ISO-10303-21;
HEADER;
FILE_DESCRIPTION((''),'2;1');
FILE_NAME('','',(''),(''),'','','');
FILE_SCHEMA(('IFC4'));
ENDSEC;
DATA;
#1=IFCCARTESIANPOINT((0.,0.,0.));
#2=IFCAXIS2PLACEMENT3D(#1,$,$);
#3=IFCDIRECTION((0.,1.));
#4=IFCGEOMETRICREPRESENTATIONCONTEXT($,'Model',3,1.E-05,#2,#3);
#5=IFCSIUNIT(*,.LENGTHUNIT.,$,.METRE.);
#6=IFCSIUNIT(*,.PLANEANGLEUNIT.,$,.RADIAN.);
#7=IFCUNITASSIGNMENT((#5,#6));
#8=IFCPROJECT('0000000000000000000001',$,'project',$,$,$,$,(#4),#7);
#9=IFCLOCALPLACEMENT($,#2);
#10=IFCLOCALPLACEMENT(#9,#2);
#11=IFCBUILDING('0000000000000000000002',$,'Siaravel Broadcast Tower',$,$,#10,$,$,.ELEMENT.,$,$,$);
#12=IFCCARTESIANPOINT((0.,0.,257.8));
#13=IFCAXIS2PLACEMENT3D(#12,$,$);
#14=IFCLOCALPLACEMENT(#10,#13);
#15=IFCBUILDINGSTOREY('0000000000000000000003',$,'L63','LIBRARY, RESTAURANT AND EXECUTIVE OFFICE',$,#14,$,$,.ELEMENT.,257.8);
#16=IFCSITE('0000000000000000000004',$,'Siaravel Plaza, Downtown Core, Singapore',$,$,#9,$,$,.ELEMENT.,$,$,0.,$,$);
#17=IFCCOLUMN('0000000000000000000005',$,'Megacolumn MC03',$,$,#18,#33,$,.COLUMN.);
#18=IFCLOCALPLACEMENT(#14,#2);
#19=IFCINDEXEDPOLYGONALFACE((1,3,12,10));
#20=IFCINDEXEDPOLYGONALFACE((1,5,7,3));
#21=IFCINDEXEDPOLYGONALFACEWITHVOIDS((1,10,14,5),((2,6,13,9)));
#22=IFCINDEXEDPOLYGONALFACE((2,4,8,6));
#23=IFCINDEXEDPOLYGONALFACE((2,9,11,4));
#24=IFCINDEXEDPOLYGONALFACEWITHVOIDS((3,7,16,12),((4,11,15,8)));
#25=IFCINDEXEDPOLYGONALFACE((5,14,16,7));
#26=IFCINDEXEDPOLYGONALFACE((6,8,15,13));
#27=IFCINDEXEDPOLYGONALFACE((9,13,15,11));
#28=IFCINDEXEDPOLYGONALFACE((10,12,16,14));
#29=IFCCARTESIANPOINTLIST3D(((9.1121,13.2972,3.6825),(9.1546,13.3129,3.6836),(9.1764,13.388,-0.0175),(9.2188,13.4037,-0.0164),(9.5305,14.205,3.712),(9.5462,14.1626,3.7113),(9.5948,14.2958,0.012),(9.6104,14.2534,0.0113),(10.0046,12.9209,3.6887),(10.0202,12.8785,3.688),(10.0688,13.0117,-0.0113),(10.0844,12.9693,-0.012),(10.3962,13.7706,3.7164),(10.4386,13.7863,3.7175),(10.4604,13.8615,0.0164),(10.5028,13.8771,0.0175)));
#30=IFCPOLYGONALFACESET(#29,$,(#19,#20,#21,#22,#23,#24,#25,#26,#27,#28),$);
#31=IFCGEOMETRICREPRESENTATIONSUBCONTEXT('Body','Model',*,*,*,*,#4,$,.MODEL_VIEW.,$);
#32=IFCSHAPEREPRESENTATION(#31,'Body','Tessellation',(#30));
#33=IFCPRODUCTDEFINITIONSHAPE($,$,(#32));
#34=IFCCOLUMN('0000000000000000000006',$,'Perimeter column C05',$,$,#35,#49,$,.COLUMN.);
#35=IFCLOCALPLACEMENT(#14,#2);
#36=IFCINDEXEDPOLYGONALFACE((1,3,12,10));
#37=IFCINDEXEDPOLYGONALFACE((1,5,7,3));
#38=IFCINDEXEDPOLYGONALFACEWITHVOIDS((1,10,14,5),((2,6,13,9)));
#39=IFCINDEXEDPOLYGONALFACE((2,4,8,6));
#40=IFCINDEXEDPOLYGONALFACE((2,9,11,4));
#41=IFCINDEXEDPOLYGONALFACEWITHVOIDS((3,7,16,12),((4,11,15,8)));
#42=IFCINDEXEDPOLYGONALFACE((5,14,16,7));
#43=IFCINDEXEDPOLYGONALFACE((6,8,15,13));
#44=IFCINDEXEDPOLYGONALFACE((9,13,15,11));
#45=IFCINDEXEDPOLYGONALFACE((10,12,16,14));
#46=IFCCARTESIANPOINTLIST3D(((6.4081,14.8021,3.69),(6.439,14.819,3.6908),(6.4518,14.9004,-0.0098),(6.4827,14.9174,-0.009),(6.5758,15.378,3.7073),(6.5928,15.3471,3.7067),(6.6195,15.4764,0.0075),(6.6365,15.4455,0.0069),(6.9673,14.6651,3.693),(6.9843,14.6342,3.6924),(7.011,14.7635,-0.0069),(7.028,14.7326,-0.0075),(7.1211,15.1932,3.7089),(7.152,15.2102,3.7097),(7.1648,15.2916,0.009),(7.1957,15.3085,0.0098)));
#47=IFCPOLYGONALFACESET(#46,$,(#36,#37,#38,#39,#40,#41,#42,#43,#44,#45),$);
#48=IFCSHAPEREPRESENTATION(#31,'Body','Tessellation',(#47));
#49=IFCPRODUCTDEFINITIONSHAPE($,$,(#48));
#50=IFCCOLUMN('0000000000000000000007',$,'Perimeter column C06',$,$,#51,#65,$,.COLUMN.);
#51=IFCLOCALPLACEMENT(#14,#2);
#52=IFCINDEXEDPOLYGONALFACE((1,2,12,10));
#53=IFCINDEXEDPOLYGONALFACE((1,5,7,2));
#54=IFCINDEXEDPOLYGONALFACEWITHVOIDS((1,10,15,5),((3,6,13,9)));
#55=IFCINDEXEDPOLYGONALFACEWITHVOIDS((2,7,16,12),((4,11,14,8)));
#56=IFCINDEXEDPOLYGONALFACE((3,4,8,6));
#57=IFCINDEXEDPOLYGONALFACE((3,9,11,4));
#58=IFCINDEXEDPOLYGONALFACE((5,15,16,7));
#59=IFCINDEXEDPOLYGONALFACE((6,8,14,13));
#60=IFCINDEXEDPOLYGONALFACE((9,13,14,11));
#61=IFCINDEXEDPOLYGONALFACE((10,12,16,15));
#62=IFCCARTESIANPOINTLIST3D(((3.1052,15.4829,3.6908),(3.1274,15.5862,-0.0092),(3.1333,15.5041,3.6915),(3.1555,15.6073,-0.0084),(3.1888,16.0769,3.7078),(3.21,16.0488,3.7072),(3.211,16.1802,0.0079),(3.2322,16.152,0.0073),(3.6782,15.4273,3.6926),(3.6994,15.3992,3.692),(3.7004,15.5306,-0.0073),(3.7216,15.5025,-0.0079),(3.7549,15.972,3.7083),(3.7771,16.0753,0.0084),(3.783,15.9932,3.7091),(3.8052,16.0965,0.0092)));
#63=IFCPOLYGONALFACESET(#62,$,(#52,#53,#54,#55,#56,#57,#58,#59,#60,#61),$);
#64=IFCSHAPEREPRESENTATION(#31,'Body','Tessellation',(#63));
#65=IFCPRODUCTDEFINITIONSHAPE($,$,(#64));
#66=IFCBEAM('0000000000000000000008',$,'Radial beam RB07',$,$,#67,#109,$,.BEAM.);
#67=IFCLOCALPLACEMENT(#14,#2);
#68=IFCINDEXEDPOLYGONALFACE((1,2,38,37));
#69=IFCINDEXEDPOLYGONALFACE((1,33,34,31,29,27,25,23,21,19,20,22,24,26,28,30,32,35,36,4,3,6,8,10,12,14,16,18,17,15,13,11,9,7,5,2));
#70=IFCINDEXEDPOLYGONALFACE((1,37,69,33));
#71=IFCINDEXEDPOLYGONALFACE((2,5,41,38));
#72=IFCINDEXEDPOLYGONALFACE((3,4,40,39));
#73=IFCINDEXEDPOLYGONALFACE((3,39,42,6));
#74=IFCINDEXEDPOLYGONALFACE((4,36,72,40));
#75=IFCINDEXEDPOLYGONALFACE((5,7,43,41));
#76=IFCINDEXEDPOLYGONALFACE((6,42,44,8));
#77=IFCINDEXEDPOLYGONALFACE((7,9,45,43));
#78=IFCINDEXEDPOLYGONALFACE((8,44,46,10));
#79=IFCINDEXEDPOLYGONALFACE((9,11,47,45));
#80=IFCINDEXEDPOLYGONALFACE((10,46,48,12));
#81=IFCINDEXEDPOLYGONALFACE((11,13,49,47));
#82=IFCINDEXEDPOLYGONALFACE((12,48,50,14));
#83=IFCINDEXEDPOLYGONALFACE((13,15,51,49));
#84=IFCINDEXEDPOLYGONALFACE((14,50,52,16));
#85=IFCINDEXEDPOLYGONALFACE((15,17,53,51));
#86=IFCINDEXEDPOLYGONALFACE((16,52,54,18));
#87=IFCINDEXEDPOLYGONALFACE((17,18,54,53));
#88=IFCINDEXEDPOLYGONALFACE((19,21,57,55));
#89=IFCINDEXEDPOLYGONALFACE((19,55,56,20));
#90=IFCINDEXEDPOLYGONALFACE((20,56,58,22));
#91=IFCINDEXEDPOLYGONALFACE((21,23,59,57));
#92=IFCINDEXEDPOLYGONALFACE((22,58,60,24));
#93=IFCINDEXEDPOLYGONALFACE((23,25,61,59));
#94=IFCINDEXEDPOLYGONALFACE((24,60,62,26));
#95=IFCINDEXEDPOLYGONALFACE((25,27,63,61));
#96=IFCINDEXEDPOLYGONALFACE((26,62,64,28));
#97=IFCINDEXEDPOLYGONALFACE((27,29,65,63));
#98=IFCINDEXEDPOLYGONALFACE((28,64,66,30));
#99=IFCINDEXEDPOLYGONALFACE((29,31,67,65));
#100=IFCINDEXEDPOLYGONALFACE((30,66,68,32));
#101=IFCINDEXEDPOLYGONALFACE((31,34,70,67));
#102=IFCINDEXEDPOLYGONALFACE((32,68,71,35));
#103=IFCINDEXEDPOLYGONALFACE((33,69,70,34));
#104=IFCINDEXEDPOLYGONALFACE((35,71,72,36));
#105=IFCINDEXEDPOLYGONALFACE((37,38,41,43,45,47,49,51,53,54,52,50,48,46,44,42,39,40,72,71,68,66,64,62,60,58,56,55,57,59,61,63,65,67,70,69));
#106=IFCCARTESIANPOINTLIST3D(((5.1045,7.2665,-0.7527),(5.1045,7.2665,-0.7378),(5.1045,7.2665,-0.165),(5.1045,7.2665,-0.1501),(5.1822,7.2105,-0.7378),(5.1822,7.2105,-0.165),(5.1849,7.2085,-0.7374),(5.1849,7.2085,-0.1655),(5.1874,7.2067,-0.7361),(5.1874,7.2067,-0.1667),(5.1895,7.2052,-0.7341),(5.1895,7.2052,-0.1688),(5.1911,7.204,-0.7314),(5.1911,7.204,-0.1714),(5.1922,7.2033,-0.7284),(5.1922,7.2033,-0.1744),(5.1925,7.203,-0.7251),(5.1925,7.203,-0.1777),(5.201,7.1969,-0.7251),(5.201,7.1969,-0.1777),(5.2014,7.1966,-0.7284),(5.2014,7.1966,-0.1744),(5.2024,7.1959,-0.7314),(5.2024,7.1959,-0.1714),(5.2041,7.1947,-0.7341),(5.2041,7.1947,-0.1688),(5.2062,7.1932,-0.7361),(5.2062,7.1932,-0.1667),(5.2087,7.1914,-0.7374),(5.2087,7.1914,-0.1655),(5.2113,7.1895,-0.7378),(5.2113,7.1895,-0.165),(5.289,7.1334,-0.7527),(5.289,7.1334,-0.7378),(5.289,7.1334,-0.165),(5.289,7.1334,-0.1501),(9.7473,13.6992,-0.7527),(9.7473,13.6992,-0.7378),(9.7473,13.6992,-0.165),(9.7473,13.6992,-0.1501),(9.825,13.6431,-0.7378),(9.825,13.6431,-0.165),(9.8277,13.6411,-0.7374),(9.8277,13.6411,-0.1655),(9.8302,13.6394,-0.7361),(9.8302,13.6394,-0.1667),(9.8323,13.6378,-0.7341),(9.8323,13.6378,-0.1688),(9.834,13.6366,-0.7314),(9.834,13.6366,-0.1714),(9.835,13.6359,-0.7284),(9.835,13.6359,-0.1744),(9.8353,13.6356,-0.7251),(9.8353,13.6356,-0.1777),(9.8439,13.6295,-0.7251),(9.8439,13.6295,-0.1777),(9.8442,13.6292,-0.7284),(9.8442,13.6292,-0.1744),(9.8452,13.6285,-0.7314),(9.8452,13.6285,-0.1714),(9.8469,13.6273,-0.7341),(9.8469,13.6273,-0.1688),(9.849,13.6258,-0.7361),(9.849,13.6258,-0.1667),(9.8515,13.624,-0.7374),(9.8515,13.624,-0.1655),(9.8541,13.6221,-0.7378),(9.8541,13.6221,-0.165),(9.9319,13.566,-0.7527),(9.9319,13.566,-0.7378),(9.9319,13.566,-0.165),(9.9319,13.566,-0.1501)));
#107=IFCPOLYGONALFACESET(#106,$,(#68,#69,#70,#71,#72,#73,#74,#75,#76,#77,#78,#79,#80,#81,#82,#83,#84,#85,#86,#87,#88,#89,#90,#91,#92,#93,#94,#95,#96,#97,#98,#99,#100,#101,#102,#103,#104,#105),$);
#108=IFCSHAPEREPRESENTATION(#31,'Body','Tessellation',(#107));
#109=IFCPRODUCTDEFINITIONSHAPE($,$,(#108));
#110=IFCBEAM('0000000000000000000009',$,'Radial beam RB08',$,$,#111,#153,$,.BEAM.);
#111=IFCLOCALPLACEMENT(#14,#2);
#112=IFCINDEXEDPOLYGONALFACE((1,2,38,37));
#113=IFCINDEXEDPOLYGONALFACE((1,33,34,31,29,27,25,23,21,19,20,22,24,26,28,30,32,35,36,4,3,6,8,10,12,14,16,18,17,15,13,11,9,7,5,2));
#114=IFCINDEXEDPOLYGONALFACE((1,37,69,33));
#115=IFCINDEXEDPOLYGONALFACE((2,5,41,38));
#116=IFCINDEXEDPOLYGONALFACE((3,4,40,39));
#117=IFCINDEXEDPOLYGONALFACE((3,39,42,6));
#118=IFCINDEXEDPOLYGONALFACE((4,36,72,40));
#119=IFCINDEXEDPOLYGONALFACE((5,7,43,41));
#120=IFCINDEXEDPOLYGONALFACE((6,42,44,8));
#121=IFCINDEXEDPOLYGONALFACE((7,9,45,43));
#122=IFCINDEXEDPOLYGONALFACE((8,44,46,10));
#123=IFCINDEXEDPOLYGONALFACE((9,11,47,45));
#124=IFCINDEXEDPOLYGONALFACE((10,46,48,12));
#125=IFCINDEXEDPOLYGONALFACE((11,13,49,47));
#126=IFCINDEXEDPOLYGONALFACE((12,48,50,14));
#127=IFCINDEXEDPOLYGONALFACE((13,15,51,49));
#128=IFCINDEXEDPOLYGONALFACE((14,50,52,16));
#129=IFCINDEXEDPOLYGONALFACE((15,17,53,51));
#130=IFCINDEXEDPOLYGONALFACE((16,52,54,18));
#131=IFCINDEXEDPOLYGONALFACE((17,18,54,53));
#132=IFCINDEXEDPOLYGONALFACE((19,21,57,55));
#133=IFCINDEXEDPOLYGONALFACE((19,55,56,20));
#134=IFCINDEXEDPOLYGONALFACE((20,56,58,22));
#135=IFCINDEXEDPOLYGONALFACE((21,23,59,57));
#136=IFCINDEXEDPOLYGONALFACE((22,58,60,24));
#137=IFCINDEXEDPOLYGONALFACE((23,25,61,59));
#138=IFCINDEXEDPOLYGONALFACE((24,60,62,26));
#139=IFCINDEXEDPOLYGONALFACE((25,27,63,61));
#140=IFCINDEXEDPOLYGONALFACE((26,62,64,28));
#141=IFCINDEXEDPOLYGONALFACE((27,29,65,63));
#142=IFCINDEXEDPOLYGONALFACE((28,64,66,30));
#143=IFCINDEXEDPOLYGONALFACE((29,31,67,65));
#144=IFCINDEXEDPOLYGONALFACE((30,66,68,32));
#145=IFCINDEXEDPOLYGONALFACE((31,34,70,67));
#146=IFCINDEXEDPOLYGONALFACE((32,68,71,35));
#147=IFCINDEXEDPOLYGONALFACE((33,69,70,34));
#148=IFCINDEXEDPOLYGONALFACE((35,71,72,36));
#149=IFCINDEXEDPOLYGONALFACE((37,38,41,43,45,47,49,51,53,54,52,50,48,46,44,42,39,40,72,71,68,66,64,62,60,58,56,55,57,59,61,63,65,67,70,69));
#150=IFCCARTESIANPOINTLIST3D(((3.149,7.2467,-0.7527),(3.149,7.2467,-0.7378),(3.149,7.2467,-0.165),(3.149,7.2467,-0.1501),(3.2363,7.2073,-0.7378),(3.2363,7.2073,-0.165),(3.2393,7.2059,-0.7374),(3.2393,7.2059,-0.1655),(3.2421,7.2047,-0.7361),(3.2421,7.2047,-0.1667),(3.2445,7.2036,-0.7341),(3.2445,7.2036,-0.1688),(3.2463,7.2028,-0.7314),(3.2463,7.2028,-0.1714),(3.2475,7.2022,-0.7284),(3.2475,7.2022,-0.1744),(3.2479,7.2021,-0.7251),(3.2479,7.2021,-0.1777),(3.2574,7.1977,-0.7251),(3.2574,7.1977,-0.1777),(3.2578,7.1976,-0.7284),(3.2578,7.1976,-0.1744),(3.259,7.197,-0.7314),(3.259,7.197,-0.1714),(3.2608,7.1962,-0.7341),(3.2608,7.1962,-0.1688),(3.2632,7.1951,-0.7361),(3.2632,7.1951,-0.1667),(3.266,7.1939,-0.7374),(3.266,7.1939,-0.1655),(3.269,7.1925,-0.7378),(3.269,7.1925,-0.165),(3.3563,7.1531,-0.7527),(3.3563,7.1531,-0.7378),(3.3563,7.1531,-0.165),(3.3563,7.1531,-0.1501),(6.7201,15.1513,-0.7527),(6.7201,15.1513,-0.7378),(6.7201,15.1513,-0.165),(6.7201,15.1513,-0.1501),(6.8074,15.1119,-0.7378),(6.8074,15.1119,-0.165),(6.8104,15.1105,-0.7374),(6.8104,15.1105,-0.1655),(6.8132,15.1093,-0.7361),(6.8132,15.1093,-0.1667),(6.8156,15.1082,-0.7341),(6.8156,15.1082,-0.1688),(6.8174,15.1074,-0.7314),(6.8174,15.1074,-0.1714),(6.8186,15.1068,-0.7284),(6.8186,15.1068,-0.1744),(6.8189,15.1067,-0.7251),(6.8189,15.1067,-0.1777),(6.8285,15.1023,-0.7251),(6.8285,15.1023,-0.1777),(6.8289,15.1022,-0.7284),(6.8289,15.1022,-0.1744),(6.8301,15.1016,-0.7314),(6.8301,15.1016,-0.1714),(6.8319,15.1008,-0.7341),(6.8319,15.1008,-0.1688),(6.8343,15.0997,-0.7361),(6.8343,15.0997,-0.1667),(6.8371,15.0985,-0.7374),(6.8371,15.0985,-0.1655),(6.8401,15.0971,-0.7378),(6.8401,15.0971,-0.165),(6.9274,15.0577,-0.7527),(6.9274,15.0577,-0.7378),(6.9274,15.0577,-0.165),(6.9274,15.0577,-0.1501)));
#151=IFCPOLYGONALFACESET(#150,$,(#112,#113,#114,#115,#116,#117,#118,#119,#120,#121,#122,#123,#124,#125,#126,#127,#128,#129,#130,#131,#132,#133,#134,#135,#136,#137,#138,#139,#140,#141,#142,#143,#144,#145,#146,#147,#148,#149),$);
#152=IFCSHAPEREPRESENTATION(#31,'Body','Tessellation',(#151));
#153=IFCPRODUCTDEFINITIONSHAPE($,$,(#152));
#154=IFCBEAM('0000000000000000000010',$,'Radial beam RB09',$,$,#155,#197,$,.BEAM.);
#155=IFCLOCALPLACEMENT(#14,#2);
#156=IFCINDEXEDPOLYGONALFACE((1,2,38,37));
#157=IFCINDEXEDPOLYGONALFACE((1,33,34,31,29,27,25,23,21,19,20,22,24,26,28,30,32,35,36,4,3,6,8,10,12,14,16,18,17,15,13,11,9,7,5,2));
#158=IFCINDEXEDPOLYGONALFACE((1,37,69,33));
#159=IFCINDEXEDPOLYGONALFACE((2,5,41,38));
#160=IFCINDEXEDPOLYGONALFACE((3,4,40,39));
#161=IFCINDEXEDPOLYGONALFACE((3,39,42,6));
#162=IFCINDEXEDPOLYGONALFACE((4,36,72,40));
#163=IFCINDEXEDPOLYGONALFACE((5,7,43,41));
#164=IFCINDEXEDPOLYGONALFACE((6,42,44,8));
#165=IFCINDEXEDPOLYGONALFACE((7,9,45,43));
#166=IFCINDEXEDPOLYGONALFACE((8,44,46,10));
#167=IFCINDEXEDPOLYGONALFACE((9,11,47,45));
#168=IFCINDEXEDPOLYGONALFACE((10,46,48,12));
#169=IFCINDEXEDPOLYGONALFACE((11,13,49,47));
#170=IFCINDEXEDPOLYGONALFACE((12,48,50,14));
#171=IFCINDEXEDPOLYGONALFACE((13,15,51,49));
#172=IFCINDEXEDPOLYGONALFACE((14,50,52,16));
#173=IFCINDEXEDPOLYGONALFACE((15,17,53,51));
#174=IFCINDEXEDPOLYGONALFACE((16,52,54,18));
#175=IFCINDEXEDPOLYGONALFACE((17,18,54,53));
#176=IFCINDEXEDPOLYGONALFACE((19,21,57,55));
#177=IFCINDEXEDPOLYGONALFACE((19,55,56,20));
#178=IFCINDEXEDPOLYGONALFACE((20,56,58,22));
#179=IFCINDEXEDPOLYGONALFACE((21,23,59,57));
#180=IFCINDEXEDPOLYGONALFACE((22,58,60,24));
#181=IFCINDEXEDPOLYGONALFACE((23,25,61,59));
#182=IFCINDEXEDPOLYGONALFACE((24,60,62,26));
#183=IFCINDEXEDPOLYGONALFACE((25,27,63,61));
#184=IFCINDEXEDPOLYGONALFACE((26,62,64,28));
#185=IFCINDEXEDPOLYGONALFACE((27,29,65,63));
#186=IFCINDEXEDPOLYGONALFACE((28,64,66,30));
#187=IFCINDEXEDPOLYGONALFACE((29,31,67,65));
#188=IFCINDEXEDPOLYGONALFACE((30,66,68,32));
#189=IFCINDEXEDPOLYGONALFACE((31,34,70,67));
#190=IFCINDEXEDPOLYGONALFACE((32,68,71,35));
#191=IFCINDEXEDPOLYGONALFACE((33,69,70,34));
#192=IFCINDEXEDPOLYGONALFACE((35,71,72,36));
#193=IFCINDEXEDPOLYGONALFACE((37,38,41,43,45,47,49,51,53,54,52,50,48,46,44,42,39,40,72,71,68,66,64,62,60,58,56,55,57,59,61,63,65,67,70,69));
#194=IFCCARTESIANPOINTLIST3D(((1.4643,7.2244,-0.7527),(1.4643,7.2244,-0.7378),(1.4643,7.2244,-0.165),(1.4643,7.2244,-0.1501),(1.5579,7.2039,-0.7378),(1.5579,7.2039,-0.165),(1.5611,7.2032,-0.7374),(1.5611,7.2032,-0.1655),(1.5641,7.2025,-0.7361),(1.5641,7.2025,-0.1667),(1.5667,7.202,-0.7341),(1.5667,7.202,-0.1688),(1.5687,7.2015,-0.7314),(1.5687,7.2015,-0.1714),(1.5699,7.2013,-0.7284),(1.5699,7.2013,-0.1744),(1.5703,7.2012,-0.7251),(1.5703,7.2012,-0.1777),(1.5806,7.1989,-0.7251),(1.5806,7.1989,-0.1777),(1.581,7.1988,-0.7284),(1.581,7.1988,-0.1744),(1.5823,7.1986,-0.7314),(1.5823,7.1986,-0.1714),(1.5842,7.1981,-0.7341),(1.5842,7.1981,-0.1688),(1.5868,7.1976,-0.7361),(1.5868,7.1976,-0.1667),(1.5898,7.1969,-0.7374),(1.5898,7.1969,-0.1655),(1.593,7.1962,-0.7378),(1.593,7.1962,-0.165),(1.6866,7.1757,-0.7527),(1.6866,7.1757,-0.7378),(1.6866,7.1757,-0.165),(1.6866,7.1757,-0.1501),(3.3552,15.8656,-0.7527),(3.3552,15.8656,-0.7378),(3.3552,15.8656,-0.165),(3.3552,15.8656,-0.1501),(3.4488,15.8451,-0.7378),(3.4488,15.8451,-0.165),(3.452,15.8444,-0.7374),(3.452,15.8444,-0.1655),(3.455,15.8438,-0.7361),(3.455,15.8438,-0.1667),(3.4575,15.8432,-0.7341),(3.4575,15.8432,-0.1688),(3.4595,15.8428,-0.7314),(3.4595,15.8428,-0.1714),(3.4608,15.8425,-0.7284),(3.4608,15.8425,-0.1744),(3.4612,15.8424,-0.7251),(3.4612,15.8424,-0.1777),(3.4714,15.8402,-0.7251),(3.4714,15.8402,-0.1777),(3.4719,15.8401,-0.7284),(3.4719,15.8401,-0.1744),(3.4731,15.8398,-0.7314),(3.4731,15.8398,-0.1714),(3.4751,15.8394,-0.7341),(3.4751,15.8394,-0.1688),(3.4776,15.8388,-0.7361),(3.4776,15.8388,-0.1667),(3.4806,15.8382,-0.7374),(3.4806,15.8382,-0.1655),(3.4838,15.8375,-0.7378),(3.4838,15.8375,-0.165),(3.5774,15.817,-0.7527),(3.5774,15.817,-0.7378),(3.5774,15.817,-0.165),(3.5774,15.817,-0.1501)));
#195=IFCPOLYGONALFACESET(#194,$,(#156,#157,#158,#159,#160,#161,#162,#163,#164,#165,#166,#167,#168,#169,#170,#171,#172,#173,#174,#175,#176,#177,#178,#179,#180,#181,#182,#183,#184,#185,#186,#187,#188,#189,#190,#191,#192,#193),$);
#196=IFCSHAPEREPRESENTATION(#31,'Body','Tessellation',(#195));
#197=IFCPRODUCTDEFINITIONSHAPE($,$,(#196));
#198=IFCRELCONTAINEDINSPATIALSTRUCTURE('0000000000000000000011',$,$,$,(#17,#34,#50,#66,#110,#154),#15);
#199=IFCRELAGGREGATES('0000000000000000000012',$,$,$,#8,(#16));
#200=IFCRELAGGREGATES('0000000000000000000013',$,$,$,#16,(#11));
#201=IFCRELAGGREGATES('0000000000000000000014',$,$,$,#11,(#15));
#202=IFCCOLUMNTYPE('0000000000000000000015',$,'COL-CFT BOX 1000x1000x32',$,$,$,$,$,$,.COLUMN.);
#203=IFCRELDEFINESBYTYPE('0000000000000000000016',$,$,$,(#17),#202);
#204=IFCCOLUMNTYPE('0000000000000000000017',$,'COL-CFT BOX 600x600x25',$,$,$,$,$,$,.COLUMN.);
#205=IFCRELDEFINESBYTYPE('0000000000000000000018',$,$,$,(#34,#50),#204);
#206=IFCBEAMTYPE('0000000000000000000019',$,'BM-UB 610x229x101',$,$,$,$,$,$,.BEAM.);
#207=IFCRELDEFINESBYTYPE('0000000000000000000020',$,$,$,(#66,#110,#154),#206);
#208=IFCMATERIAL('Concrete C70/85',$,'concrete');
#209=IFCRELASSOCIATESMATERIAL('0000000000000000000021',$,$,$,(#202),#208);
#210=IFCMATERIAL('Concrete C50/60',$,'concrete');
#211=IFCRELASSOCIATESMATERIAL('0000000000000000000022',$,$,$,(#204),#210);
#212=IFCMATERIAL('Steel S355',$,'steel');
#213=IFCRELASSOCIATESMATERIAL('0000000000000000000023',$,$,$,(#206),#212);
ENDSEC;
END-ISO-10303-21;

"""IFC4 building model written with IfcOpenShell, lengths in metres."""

from ifc_helpers import new_model, si_unit, direction, frame, origin, origin_2d, place, context, subcontext, project, spatial, hollow_rectangle, i_section, extrude, material, material_profile, profile_set, type_object, element, save


model = new_model("IFC4")

# Units and contexts
model_context = context("Model", 3, precision=1e-05, world=origin(), true_north=direction((0.0, 1.0)))
body_context = subcontext(model_context, "Body", "Model", "MODEL_VIEW")
ifc_project = project(units=[si_unit("LENGTHUNIT", "METRE"), si_unit("PLANEANGLEUNIT", "RADIAN")], contexts=[model_context])

# Site, building, storey
site_placement = place(None, origin())
site = spatial("IfcSite", under=ifc_project, at=site_placement, Name="Siaravel Plaza, Downtown Core, Singapore", CompositionType="ELEMENT", RefElevation=0.0)
building_placement = place(site_placement, origin())
building = spatial("IfcBuilding", under=site, at=building_placement, Name="Siaravel Broadcast Tower", CompositionType="ELEMENT")
storey_placement = place(building_placement, frame((0.0, 0.0, 257.8)))
storey = spatial("IfcBuildingStorey", under=building, at=storey_placement, Name="L63", Description="LIBRARY, RESTAURANT AND EXECUTIVE OFFICE", CompositionType="ELEMENT", Elevation=257.8)

# Columns
ifc_material_1 = material(Name="Concrete C70/85", Category="concrete")
ifc_material_profile_1 = material_profile(ifc_material_1, hollow_rectangle(XDim=1.0, YDim=1.0, WallThickness=0.032, at=origin_2d()))
ifc_profile_set_1 = profile_set([ifc_material_profile_1], Name="Concrete C70/85")
column_type_1 = type_object("IfcColumnType", Name="COL-CFT BOX 1000x1000x32", PredefinedType="COLUMN", material=ifc_profile_set_1)
column_placement = place(storey_placement, frame((9.8396, 13.6326, 0.0), z_axis=(-0.017346, -0.024535, 0.999548), x_axis=(0.908096, -0.418725, 0.005481)))
element("IfcColumn", 1, at=column_placement, inside=storey, type_object=column_type_1, Name="Megacolumn MC03", PredefinedType="COLUMN", context=body_context, shape_type="SweptSolid", body=[
    extrude(hollow_rectangle(XDim=1.0, YDim=1.0, WallThickness=0.032, at=origin_2d()), origin(), (0.0, 0.0, 1.0), 3.7017),
])
ifc_material_2 = material(Name="Concrete C50/60", Category="concrete")
ifc_material_profile_2 = material_profile(ifc_material_2, hollow_rectangle(XDim=0.6001, YDim=0.6001, WallThickness=0.0249, at=origin_2d()))
ifc_profile_set_2 = profile_set([ifc_material_profile_2], Name="Concrete C50/60")
column_type_2 = type_object("IfcColumnType", Name="COL-CFT BOX 600x600x25", PredefinedType="COLUMN", material=ifc_profile_set_2)
for number, where, z_axis, x_axis, name in (
    (2, (6.8237, 15.1045, 0.0), (-0.011806, -0.026581, 0.999577), (0.960084, -0.279685, 0.003902), "Perimeter column C05"),
    (3, (3.4663, 15.8413, 0.0), (-0.006002, -0.0279, 0.999593), (0.990221, -0.139496, 0.002052), "Perimeter column C06"),
):
    element("IfcColumn", number, at=place(storey_placement, frame(where, z_axis=z_axis, x_axis=x_axis)), inside=storey, type_object=column_type_2, Name=name, PredefinedType="COLUMN", context=body_context, shape_type="SweptSolid", body=[
        extrude(hollow_rectangle(XDim=0.6001, YDim=0.6001, WallThickness=0.0249, at=origin_2d()), origin(), (0.0, 0.0, 1.0), 3.7014),
    ])

# Beams
ifc_material_3 = material(Name="Steel S355", Category="steel")
ifc_material_profile_3 = material_profile(ifc_material_3, i_section(OverallWidth=0.2275, OverallDepth=0.6025, WebThickness=0.0105, FlangeThickness=0.0149, FilletRadius=0.0127, at=origin_2d()))
ifc_profile_set_3 = profile_set([ifc_material_profile_3], Name="Steel S355")
beam_type = type_object("IfcBeamType", Name="BM-UB 610x229x101", PredefinedType="BEAM", material=ifc_profile_set_3)
beam_1_placement = place(storey_placement, frame((9.8396, 13.6326, -0.4514), z_axis=(-0.585246, -0.810856, 0.0), x_axis=(0.810856, -0.585246, 0.0)))
element("IfcBeam", 4, at=beam_1_placement, inside=storey, type_object=beam_type, Name="Radial beam RB07", PredefinedType="BEAM", context=body_context, shape_type="SweptSolid", body=[
    extrude(i_section(OverallWidth=0.2275, OverallDepth=0.6025, WebThickness=0.0105, FlangeThickness=0.0149, FilletRadius=0.0127, at=origin_2d()), origin(), (0.0, 0.0, 1.0), 7.9331),
])
beam_2_placement = place(storey_placement, frame((6.8237, 15.1045, -0.4514), z_axis=(-0.411707, -0.911316, 0.0), x_axis=(0.911316, -0.411707, 0.0)))
element("IfcBeam", 5, at=beam_2_placement, inside=storey, type_object=beam_type, Name="Radial beam RB08", PredefinedType="BEAM", context=body_context, shape_type="SweptSolid", body=[
    extrude(i_section(OverallWidth=0.2275, OverallDepth=0.6025, WebThickness=0.0105, FlangeThickness=0.0149, FilletRadius=0.0127, at=origin_2d()), origin(), (0.0, 0.0, 1.0), 8.6738),
])
beam_3_placement = place(storey_placement, frame((3.4663, 15.8413, -0.4514), z_axis=(-0.213759, -0.976887, 0.0), x_axis=(0.976887, -0.213759, 0.0)))
element("IfcBeam", 6, at=beam_3_placement, inside=storey, type_object=beam_type, Name="Radial beam RB09", PredefinedType="BEAM", context=body_context, shape_type="SweptSolid", body=[
    extrude(i_section(OverallWidth=0.2275, OverallDepth=0.6025, WebThickness=0.0105, FlangeThickness=0.0149, FilletRadius=0.0127, at=origin_2d()), origin(), (0.0, 0.0, 1.0), 8.8457),
])

save(model, "model.ifc")
